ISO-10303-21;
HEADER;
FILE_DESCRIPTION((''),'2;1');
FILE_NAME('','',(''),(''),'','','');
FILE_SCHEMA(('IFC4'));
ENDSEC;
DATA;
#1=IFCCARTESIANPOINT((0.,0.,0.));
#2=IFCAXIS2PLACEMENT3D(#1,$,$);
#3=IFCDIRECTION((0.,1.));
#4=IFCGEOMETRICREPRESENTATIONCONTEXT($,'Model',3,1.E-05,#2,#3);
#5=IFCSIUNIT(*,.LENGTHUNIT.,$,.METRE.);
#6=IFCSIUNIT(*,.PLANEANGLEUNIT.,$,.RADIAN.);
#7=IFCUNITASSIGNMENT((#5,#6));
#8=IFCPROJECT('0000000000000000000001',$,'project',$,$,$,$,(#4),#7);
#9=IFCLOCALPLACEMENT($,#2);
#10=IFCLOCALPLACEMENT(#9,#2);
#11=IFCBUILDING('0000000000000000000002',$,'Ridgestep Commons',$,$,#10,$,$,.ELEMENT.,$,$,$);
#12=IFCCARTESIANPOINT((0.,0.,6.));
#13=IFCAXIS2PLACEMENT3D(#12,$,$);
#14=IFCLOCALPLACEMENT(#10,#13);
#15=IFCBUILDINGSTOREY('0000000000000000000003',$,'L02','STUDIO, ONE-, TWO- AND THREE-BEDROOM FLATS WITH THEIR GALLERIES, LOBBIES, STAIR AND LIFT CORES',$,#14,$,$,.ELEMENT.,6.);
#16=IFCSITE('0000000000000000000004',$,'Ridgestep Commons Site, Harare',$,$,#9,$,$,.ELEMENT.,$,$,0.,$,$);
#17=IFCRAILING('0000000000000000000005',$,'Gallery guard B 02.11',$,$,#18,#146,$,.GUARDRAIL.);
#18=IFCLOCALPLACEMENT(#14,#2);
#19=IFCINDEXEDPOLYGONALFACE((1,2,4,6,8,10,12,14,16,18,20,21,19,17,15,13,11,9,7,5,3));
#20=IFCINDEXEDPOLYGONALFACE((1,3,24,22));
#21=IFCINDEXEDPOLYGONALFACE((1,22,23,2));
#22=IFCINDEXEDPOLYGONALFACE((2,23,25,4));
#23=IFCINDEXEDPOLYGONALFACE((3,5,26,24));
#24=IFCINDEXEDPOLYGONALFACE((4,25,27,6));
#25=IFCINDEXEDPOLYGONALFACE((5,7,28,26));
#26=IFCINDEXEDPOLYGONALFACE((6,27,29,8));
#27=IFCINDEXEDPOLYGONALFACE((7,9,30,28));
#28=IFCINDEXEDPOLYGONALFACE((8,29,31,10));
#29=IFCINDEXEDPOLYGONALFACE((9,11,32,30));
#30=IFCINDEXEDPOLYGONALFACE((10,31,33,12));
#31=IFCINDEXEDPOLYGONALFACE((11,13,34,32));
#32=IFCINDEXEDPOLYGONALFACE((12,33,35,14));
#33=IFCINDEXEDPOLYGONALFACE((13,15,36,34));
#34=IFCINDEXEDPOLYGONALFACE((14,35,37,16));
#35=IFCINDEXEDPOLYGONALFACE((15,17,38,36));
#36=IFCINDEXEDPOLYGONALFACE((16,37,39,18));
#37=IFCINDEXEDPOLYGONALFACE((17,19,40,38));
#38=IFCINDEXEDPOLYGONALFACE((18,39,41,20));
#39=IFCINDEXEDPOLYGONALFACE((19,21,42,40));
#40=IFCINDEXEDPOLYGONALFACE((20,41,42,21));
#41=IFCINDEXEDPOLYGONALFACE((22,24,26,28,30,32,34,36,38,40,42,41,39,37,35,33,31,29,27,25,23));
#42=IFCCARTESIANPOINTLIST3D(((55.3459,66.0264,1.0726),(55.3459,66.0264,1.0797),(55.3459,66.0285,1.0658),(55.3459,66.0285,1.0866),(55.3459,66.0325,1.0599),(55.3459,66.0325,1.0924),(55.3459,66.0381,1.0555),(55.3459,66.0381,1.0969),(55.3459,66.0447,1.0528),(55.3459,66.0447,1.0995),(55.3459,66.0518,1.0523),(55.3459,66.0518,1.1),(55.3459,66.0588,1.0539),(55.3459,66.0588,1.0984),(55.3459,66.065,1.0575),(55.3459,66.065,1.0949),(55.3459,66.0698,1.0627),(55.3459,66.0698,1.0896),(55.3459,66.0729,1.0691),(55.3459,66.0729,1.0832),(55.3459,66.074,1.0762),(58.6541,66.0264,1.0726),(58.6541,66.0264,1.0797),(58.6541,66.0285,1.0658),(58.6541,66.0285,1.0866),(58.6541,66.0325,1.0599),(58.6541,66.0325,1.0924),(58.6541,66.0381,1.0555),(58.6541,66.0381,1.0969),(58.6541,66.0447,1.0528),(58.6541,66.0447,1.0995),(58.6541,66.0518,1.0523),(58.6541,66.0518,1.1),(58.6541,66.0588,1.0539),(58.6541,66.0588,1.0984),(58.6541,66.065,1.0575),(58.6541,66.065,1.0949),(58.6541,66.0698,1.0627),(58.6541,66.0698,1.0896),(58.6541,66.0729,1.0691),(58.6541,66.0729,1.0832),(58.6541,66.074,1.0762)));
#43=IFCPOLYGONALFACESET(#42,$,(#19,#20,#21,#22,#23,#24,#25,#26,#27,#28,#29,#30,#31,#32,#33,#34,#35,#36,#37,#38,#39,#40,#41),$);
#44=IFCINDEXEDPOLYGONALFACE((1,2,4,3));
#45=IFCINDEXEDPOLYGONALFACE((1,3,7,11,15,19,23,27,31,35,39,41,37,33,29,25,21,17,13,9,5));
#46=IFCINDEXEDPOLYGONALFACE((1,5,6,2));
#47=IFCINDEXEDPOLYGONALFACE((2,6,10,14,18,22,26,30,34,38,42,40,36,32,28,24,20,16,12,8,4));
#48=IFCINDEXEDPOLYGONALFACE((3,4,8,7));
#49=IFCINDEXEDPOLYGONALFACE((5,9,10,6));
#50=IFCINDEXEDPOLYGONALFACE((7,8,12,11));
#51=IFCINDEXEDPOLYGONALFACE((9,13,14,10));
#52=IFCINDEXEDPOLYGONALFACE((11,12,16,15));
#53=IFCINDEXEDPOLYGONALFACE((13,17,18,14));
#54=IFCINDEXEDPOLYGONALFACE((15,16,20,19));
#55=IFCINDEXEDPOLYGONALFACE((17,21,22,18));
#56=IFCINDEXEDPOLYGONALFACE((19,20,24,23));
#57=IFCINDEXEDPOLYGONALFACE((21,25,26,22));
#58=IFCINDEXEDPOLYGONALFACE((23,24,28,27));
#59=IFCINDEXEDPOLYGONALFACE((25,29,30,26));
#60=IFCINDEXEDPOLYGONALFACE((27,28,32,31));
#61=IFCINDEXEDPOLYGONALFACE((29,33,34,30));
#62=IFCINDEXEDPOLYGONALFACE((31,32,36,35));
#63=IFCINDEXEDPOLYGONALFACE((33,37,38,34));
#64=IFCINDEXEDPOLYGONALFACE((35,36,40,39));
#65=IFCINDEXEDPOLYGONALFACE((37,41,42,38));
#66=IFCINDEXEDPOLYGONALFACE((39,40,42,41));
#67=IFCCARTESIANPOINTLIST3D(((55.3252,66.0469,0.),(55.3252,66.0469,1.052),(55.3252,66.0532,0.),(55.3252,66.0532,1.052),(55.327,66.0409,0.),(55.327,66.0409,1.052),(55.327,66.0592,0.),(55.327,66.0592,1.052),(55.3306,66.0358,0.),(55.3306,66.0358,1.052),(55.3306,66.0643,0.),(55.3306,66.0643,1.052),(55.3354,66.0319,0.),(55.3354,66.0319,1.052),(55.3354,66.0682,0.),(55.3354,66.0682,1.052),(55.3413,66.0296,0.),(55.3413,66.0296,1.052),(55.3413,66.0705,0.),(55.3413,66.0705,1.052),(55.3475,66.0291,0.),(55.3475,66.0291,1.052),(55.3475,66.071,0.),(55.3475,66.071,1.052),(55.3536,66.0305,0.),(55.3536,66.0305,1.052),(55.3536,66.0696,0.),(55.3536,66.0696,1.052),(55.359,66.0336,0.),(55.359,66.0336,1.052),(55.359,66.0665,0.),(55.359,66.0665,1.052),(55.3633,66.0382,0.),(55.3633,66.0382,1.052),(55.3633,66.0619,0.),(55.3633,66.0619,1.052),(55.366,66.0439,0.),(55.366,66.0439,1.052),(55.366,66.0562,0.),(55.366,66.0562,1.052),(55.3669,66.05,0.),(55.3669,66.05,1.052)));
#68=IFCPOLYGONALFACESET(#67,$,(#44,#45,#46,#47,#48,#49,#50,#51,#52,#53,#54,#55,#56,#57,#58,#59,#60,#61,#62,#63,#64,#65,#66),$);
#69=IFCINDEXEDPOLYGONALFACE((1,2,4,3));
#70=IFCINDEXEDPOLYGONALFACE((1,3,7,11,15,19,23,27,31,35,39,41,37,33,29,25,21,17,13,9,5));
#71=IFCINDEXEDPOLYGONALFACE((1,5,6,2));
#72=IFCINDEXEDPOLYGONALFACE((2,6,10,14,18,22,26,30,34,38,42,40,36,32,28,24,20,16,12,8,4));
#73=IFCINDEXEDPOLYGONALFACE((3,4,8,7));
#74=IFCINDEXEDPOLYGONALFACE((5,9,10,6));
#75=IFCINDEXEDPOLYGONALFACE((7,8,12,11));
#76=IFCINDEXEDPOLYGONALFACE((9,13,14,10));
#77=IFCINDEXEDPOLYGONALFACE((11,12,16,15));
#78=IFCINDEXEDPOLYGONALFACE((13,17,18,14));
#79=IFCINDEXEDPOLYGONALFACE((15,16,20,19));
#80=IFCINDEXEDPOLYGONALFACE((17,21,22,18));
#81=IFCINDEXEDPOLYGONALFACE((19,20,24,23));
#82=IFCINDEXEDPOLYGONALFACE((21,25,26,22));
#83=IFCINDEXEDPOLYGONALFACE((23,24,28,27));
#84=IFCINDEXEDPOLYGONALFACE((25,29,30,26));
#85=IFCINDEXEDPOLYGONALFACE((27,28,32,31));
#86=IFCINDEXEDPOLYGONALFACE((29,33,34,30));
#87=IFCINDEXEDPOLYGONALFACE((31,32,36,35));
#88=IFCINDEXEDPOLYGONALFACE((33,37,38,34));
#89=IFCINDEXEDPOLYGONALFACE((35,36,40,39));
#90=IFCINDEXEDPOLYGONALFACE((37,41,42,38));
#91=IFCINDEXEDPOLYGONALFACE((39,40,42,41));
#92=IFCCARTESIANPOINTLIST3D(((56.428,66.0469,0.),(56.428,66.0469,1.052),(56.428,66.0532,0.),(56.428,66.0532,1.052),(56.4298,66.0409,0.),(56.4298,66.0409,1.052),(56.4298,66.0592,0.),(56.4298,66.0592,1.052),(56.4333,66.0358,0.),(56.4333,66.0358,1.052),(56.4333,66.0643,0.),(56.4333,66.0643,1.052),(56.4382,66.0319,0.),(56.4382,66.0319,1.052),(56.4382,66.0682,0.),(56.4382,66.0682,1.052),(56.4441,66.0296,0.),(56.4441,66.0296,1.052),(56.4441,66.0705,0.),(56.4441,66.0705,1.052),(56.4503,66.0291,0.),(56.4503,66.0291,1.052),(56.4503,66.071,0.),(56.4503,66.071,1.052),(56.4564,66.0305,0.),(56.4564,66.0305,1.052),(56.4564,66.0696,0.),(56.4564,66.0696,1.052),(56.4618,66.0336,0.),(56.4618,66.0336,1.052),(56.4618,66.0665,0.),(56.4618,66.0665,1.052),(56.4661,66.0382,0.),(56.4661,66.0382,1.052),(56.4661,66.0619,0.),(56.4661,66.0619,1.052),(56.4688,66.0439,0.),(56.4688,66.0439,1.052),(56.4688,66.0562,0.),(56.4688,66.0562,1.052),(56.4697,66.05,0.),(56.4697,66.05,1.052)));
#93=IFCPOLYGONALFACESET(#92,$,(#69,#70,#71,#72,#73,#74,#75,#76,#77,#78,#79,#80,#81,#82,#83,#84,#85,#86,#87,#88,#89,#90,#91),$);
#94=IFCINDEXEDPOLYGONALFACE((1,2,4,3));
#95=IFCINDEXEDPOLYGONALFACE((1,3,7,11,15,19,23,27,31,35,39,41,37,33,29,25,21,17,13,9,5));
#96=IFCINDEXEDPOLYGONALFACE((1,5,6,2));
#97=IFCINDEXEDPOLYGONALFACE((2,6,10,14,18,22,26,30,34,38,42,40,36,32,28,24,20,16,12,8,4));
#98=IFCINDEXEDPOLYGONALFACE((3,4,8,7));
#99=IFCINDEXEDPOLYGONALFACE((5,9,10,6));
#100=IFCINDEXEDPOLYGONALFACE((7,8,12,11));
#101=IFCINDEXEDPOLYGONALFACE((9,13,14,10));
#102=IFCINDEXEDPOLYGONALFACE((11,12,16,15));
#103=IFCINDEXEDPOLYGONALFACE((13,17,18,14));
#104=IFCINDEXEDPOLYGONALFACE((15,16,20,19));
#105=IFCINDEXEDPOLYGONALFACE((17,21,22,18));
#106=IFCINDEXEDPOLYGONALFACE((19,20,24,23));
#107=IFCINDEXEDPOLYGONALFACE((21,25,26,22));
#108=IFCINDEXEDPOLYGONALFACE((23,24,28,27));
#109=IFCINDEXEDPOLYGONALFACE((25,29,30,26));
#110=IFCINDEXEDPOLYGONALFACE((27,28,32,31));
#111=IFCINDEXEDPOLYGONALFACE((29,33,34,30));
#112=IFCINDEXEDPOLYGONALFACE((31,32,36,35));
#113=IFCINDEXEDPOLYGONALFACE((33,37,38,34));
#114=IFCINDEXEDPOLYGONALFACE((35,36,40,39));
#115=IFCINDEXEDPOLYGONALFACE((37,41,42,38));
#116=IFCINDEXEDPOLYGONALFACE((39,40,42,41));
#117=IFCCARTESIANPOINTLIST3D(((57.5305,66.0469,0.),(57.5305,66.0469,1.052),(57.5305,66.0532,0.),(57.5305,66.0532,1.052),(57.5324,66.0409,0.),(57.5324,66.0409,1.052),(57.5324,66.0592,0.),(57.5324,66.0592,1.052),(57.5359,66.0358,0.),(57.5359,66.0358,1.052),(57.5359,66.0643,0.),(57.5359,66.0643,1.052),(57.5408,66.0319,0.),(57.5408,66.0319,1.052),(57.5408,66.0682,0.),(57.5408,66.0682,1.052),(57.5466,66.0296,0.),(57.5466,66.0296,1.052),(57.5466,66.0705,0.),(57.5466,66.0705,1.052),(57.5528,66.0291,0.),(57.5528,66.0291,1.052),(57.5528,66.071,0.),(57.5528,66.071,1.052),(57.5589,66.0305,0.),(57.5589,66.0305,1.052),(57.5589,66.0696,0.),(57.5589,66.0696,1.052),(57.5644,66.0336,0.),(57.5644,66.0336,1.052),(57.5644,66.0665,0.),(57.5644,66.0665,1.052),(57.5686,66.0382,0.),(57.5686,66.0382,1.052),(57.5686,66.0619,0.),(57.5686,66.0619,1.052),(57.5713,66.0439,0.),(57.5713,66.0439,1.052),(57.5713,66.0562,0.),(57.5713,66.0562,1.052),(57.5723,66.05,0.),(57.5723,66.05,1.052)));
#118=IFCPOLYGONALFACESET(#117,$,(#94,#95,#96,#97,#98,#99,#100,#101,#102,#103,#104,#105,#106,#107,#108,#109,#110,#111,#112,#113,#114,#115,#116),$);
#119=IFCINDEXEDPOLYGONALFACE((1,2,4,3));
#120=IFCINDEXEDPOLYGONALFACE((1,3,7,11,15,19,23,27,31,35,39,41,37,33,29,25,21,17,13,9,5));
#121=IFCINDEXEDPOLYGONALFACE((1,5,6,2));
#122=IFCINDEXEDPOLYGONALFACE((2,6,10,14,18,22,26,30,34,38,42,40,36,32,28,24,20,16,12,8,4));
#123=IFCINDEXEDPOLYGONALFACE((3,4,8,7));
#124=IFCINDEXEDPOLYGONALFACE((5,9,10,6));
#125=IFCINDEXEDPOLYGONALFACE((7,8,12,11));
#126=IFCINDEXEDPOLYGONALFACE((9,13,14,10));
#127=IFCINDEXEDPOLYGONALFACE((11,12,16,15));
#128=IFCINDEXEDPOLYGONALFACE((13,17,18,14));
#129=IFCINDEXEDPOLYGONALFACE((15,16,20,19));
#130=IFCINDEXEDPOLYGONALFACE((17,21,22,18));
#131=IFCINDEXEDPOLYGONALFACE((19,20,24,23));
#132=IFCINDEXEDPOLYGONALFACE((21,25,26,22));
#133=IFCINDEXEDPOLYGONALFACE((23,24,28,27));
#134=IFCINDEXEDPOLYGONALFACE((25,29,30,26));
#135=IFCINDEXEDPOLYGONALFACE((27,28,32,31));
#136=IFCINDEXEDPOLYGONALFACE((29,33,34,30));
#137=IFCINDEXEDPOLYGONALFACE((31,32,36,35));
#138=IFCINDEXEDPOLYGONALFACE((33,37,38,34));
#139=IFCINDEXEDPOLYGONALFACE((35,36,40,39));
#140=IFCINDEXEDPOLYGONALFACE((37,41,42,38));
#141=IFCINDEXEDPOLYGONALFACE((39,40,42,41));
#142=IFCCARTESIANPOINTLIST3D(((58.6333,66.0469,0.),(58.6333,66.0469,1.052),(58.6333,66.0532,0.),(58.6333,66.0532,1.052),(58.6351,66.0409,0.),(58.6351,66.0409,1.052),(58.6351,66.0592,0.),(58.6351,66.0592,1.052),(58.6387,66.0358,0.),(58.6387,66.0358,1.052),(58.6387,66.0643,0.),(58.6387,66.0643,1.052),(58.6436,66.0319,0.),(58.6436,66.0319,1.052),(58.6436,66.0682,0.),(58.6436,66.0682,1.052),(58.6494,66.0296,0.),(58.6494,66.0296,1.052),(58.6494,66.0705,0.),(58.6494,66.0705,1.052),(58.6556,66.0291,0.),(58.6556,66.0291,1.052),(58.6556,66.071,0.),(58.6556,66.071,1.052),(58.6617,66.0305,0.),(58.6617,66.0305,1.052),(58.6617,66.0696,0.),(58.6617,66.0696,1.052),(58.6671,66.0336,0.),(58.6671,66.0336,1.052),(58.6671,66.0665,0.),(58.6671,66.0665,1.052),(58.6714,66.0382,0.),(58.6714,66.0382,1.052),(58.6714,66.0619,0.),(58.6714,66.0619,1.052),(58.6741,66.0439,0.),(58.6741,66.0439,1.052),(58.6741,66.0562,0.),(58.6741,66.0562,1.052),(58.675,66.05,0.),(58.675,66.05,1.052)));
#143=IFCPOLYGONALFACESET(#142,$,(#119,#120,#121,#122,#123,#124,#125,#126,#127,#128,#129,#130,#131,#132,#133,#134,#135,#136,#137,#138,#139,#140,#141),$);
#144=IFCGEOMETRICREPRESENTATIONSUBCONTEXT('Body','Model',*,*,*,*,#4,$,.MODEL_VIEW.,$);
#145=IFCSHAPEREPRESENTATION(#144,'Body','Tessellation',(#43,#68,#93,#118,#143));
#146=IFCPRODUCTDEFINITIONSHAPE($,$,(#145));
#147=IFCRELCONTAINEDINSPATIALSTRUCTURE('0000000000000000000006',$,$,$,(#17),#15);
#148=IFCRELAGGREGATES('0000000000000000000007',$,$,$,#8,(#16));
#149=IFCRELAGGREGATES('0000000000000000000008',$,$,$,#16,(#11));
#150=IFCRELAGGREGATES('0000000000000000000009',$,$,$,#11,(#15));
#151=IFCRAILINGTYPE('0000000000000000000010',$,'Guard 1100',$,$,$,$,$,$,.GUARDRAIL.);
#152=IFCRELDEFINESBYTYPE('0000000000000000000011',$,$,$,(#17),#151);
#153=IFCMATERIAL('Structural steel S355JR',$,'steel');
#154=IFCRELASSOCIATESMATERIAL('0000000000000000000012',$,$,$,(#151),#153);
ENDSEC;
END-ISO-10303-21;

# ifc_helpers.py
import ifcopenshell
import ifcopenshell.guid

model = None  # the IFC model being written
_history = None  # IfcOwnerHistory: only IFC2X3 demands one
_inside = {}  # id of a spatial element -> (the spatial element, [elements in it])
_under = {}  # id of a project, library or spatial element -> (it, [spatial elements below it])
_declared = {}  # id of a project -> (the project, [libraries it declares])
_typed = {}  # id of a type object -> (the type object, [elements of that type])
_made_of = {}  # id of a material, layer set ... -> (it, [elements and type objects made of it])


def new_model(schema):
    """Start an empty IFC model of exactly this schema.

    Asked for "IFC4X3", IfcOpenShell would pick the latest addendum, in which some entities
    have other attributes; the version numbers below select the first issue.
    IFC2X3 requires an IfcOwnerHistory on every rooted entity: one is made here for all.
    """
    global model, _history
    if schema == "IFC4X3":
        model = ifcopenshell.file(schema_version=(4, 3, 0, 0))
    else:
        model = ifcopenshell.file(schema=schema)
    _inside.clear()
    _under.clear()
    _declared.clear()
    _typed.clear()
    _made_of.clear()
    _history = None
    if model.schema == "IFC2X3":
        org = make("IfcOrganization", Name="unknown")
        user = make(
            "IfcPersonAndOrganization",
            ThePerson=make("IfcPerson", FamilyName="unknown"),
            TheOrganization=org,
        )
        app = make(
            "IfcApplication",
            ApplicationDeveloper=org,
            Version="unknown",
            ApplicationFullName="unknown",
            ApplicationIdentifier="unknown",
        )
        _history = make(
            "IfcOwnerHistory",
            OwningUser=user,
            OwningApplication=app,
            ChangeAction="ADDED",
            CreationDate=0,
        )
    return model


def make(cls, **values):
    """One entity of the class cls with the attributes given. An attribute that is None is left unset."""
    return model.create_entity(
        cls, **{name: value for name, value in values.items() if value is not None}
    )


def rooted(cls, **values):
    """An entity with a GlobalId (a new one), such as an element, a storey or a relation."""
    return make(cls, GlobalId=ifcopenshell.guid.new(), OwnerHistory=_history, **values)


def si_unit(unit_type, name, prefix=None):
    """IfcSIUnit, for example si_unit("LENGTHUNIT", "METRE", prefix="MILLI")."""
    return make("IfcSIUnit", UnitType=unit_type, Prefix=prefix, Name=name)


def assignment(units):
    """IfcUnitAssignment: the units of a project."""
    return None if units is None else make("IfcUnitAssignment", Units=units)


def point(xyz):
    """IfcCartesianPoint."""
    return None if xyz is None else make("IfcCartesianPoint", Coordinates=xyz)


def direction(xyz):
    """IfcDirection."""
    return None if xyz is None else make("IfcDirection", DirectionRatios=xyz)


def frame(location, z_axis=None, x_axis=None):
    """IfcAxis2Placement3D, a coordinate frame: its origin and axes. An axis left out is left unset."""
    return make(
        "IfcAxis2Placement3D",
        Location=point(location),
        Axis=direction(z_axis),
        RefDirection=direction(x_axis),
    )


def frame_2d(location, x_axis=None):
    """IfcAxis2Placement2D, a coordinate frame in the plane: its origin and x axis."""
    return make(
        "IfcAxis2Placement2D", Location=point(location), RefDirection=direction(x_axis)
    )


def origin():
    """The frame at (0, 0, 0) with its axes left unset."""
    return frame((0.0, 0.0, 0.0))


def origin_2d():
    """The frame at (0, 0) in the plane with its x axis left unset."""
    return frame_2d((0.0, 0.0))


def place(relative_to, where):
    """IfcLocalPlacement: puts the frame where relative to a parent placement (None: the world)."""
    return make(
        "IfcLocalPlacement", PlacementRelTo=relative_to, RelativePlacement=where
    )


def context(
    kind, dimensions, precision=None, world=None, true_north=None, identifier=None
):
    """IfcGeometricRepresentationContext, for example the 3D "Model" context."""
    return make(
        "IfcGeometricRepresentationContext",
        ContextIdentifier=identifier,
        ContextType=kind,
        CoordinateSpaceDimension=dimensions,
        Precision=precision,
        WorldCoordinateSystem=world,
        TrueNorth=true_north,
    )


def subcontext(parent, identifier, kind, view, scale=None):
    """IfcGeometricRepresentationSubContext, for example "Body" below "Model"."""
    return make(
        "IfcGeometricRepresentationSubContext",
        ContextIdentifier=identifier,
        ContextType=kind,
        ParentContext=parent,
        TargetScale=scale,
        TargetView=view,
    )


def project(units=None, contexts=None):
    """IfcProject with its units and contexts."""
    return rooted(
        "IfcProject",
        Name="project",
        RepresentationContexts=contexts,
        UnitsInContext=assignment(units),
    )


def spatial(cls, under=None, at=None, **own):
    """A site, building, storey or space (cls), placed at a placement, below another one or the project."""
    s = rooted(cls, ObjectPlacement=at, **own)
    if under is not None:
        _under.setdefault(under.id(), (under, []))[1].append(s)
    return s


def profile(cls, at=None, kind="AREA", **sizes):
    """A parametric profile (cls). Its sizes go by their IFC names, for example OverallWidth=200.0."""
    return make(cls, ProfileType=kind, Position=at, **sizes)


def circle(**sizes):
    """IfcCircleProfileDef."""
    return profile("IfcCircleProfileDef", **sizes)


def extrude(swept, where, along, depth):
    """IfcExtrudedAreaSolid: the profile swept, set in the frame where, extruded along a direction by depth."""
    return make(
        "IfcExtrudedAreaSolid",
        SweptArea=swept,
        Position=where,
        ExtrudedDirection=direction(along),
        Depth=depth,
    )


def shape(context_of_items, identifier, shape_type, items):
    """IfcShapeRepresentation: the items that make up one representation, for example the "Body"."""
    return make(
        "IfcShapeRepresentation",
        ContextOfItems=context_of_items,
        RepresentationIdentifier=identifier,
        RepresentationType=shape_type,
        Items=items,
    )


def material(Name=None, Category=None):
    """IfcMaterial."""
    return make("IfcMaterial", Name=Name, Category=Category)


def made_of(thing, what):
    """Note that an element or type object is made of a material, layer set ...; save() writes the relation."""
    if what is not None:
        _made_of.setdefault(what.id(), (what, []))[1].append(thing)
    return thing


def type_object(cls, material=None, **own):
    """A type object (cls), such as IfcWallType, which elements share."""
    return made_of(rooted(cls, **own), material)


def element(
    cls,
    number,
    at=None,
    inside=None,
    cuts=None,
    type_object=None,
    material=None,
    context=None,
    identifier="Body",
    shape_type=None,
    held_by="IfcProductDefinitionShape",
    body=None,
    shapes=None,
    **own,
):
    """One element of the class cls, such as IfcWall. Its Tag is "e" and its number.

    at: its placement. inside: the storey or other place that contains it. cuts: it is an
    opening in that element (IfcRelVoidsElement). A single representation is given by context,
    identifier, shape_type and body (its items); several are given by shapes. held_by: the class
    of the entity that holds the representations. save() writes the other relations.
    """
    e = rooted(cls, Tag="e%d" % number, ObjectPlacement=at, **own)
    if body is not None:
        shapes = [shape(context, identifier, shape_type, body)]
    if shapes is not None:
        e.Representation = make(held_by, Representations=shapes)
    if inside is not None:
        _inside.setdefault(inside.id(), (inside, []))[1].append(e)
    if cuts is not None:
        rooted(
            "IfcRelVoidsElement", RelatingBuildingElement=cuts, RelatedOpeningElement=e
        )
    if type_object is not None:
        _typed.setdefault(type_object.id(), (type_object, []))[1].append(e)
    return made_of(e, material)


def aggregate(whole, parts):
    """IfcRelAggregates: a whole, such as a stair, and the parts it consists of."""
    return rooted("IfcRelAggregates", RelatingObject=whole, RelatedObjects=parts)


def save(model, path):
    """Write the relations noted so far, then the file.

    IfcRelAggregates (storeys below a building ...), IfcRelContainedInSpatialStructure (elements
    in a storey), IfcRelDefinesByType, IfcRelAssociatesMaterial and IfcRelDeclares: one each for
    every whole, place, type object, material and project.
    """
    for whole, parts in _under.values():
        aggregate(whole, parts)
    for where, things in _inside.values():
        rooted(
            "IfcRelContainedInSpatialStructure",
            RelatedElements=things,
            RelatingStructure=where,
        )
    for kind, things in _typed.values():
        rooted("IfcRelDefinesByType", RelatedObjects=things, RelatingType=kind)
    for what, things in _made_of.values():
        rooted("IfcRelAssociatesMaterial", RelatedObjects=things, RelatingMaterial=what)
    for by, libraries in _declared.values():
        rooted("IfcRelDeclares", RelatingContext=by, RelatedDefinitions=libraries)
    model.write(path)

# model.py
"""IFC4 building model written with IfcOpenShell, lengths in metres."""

from ifc_helpers import new_model, si_unit, direction, frame, origin, origin_2d, place, context, subcontext, project, spatial, circle, extrude, material, type_object, element, save


model = new_model("IFC4")

# Units and contexts
model_context = context("Model", 3, precision=1e-05, world=origin(), true_north=direction((0.0, 1.0)))
body_context = subcontext(model_context, "Body", "Model", "MODEL_VIEW")
ifc_project = project(units=[si_unit("LENGTHUNIT", "METRE"), si_unit("PLANEANGLEUNIT", "RADIAN")], contexts=[model_context])

# Site, building, storey
site_placement = place(None, origin())
site = spatial("IfcSite", under=ifc_project, at=site_placement, Name="Ridgestep Commons Site, Harare", CompositionType="ELEMENT", RefElevation=0.0)
building_placement = place(site_placement, origin())
building = spatial("IfcBuilding", under=site, at=building_placement, Name="Ridgestep Commons", CompositionType="ELEMENT")
storey_placement = place(building_placement, frame((0.0, 0.0, 6.0)))
storey = spatial("IfcBuildingStorey", under=building, at=storey_placement, Name="L02", Description="STUDIO, ONE-, TWO- AND THREE-BEDROOM FLATS WITH THEIR GALLERIES, LOBBIES, STAIR AND LIFT CORES", CompositionType="ELEMENT", Elevation=6.0)

# Railing
ifc_material_1 = material(Name="Structural steel S355JR", Category="steel")
railing_type = type_object("IfcRailingType", Name="Guard 1100", PredefinedType="GUARDRAIL", material=ifc_material_1)
railing_1_placement = place(storey_placement, frame((55.3459, 66.05, 0.0)))
element("IfcRailing", 1, at=railing_1_placement, inside=storey, type_object=railing_type, Name="Gallery guard B 02.11", PredefinedType="GUARDRAIL", context=body_context, shape_type="SweptSolid", body=[
    extrude(circle(Radius=0.0239, at=origin_2d()), frame((0.0, 0.0, 1.0762), z_axis=(1.0, 0.0, 0.0), x_axis=(0.0, 1.0, 0.0)), (0.0, 0.0, 1.0), 3.3081),
    extrude(circle(Radius=0.021, at=origin_2d()), origin(), (0.0, 0.0, 1.0), 1.052),
    extrude(circle(Radius=0.021, at=origin_2d()), frame((1.1028, 0.0, 0.0)), (0.0, 0.0, 1.0), 1.052),
    extrude(circle(Radius=0.021, at=origin_2d()), frame((2.2053, 0.0, 0.0)), (0.0, 0.0, 1.0), 1.052),
    extrude(circle(Radius=0.021, at=origin_2d()), frame((3.3081, 0.0, 0.0)), (0.0, 0.0, 1.0), 1.052),
])

save(model, "model.ifc")
